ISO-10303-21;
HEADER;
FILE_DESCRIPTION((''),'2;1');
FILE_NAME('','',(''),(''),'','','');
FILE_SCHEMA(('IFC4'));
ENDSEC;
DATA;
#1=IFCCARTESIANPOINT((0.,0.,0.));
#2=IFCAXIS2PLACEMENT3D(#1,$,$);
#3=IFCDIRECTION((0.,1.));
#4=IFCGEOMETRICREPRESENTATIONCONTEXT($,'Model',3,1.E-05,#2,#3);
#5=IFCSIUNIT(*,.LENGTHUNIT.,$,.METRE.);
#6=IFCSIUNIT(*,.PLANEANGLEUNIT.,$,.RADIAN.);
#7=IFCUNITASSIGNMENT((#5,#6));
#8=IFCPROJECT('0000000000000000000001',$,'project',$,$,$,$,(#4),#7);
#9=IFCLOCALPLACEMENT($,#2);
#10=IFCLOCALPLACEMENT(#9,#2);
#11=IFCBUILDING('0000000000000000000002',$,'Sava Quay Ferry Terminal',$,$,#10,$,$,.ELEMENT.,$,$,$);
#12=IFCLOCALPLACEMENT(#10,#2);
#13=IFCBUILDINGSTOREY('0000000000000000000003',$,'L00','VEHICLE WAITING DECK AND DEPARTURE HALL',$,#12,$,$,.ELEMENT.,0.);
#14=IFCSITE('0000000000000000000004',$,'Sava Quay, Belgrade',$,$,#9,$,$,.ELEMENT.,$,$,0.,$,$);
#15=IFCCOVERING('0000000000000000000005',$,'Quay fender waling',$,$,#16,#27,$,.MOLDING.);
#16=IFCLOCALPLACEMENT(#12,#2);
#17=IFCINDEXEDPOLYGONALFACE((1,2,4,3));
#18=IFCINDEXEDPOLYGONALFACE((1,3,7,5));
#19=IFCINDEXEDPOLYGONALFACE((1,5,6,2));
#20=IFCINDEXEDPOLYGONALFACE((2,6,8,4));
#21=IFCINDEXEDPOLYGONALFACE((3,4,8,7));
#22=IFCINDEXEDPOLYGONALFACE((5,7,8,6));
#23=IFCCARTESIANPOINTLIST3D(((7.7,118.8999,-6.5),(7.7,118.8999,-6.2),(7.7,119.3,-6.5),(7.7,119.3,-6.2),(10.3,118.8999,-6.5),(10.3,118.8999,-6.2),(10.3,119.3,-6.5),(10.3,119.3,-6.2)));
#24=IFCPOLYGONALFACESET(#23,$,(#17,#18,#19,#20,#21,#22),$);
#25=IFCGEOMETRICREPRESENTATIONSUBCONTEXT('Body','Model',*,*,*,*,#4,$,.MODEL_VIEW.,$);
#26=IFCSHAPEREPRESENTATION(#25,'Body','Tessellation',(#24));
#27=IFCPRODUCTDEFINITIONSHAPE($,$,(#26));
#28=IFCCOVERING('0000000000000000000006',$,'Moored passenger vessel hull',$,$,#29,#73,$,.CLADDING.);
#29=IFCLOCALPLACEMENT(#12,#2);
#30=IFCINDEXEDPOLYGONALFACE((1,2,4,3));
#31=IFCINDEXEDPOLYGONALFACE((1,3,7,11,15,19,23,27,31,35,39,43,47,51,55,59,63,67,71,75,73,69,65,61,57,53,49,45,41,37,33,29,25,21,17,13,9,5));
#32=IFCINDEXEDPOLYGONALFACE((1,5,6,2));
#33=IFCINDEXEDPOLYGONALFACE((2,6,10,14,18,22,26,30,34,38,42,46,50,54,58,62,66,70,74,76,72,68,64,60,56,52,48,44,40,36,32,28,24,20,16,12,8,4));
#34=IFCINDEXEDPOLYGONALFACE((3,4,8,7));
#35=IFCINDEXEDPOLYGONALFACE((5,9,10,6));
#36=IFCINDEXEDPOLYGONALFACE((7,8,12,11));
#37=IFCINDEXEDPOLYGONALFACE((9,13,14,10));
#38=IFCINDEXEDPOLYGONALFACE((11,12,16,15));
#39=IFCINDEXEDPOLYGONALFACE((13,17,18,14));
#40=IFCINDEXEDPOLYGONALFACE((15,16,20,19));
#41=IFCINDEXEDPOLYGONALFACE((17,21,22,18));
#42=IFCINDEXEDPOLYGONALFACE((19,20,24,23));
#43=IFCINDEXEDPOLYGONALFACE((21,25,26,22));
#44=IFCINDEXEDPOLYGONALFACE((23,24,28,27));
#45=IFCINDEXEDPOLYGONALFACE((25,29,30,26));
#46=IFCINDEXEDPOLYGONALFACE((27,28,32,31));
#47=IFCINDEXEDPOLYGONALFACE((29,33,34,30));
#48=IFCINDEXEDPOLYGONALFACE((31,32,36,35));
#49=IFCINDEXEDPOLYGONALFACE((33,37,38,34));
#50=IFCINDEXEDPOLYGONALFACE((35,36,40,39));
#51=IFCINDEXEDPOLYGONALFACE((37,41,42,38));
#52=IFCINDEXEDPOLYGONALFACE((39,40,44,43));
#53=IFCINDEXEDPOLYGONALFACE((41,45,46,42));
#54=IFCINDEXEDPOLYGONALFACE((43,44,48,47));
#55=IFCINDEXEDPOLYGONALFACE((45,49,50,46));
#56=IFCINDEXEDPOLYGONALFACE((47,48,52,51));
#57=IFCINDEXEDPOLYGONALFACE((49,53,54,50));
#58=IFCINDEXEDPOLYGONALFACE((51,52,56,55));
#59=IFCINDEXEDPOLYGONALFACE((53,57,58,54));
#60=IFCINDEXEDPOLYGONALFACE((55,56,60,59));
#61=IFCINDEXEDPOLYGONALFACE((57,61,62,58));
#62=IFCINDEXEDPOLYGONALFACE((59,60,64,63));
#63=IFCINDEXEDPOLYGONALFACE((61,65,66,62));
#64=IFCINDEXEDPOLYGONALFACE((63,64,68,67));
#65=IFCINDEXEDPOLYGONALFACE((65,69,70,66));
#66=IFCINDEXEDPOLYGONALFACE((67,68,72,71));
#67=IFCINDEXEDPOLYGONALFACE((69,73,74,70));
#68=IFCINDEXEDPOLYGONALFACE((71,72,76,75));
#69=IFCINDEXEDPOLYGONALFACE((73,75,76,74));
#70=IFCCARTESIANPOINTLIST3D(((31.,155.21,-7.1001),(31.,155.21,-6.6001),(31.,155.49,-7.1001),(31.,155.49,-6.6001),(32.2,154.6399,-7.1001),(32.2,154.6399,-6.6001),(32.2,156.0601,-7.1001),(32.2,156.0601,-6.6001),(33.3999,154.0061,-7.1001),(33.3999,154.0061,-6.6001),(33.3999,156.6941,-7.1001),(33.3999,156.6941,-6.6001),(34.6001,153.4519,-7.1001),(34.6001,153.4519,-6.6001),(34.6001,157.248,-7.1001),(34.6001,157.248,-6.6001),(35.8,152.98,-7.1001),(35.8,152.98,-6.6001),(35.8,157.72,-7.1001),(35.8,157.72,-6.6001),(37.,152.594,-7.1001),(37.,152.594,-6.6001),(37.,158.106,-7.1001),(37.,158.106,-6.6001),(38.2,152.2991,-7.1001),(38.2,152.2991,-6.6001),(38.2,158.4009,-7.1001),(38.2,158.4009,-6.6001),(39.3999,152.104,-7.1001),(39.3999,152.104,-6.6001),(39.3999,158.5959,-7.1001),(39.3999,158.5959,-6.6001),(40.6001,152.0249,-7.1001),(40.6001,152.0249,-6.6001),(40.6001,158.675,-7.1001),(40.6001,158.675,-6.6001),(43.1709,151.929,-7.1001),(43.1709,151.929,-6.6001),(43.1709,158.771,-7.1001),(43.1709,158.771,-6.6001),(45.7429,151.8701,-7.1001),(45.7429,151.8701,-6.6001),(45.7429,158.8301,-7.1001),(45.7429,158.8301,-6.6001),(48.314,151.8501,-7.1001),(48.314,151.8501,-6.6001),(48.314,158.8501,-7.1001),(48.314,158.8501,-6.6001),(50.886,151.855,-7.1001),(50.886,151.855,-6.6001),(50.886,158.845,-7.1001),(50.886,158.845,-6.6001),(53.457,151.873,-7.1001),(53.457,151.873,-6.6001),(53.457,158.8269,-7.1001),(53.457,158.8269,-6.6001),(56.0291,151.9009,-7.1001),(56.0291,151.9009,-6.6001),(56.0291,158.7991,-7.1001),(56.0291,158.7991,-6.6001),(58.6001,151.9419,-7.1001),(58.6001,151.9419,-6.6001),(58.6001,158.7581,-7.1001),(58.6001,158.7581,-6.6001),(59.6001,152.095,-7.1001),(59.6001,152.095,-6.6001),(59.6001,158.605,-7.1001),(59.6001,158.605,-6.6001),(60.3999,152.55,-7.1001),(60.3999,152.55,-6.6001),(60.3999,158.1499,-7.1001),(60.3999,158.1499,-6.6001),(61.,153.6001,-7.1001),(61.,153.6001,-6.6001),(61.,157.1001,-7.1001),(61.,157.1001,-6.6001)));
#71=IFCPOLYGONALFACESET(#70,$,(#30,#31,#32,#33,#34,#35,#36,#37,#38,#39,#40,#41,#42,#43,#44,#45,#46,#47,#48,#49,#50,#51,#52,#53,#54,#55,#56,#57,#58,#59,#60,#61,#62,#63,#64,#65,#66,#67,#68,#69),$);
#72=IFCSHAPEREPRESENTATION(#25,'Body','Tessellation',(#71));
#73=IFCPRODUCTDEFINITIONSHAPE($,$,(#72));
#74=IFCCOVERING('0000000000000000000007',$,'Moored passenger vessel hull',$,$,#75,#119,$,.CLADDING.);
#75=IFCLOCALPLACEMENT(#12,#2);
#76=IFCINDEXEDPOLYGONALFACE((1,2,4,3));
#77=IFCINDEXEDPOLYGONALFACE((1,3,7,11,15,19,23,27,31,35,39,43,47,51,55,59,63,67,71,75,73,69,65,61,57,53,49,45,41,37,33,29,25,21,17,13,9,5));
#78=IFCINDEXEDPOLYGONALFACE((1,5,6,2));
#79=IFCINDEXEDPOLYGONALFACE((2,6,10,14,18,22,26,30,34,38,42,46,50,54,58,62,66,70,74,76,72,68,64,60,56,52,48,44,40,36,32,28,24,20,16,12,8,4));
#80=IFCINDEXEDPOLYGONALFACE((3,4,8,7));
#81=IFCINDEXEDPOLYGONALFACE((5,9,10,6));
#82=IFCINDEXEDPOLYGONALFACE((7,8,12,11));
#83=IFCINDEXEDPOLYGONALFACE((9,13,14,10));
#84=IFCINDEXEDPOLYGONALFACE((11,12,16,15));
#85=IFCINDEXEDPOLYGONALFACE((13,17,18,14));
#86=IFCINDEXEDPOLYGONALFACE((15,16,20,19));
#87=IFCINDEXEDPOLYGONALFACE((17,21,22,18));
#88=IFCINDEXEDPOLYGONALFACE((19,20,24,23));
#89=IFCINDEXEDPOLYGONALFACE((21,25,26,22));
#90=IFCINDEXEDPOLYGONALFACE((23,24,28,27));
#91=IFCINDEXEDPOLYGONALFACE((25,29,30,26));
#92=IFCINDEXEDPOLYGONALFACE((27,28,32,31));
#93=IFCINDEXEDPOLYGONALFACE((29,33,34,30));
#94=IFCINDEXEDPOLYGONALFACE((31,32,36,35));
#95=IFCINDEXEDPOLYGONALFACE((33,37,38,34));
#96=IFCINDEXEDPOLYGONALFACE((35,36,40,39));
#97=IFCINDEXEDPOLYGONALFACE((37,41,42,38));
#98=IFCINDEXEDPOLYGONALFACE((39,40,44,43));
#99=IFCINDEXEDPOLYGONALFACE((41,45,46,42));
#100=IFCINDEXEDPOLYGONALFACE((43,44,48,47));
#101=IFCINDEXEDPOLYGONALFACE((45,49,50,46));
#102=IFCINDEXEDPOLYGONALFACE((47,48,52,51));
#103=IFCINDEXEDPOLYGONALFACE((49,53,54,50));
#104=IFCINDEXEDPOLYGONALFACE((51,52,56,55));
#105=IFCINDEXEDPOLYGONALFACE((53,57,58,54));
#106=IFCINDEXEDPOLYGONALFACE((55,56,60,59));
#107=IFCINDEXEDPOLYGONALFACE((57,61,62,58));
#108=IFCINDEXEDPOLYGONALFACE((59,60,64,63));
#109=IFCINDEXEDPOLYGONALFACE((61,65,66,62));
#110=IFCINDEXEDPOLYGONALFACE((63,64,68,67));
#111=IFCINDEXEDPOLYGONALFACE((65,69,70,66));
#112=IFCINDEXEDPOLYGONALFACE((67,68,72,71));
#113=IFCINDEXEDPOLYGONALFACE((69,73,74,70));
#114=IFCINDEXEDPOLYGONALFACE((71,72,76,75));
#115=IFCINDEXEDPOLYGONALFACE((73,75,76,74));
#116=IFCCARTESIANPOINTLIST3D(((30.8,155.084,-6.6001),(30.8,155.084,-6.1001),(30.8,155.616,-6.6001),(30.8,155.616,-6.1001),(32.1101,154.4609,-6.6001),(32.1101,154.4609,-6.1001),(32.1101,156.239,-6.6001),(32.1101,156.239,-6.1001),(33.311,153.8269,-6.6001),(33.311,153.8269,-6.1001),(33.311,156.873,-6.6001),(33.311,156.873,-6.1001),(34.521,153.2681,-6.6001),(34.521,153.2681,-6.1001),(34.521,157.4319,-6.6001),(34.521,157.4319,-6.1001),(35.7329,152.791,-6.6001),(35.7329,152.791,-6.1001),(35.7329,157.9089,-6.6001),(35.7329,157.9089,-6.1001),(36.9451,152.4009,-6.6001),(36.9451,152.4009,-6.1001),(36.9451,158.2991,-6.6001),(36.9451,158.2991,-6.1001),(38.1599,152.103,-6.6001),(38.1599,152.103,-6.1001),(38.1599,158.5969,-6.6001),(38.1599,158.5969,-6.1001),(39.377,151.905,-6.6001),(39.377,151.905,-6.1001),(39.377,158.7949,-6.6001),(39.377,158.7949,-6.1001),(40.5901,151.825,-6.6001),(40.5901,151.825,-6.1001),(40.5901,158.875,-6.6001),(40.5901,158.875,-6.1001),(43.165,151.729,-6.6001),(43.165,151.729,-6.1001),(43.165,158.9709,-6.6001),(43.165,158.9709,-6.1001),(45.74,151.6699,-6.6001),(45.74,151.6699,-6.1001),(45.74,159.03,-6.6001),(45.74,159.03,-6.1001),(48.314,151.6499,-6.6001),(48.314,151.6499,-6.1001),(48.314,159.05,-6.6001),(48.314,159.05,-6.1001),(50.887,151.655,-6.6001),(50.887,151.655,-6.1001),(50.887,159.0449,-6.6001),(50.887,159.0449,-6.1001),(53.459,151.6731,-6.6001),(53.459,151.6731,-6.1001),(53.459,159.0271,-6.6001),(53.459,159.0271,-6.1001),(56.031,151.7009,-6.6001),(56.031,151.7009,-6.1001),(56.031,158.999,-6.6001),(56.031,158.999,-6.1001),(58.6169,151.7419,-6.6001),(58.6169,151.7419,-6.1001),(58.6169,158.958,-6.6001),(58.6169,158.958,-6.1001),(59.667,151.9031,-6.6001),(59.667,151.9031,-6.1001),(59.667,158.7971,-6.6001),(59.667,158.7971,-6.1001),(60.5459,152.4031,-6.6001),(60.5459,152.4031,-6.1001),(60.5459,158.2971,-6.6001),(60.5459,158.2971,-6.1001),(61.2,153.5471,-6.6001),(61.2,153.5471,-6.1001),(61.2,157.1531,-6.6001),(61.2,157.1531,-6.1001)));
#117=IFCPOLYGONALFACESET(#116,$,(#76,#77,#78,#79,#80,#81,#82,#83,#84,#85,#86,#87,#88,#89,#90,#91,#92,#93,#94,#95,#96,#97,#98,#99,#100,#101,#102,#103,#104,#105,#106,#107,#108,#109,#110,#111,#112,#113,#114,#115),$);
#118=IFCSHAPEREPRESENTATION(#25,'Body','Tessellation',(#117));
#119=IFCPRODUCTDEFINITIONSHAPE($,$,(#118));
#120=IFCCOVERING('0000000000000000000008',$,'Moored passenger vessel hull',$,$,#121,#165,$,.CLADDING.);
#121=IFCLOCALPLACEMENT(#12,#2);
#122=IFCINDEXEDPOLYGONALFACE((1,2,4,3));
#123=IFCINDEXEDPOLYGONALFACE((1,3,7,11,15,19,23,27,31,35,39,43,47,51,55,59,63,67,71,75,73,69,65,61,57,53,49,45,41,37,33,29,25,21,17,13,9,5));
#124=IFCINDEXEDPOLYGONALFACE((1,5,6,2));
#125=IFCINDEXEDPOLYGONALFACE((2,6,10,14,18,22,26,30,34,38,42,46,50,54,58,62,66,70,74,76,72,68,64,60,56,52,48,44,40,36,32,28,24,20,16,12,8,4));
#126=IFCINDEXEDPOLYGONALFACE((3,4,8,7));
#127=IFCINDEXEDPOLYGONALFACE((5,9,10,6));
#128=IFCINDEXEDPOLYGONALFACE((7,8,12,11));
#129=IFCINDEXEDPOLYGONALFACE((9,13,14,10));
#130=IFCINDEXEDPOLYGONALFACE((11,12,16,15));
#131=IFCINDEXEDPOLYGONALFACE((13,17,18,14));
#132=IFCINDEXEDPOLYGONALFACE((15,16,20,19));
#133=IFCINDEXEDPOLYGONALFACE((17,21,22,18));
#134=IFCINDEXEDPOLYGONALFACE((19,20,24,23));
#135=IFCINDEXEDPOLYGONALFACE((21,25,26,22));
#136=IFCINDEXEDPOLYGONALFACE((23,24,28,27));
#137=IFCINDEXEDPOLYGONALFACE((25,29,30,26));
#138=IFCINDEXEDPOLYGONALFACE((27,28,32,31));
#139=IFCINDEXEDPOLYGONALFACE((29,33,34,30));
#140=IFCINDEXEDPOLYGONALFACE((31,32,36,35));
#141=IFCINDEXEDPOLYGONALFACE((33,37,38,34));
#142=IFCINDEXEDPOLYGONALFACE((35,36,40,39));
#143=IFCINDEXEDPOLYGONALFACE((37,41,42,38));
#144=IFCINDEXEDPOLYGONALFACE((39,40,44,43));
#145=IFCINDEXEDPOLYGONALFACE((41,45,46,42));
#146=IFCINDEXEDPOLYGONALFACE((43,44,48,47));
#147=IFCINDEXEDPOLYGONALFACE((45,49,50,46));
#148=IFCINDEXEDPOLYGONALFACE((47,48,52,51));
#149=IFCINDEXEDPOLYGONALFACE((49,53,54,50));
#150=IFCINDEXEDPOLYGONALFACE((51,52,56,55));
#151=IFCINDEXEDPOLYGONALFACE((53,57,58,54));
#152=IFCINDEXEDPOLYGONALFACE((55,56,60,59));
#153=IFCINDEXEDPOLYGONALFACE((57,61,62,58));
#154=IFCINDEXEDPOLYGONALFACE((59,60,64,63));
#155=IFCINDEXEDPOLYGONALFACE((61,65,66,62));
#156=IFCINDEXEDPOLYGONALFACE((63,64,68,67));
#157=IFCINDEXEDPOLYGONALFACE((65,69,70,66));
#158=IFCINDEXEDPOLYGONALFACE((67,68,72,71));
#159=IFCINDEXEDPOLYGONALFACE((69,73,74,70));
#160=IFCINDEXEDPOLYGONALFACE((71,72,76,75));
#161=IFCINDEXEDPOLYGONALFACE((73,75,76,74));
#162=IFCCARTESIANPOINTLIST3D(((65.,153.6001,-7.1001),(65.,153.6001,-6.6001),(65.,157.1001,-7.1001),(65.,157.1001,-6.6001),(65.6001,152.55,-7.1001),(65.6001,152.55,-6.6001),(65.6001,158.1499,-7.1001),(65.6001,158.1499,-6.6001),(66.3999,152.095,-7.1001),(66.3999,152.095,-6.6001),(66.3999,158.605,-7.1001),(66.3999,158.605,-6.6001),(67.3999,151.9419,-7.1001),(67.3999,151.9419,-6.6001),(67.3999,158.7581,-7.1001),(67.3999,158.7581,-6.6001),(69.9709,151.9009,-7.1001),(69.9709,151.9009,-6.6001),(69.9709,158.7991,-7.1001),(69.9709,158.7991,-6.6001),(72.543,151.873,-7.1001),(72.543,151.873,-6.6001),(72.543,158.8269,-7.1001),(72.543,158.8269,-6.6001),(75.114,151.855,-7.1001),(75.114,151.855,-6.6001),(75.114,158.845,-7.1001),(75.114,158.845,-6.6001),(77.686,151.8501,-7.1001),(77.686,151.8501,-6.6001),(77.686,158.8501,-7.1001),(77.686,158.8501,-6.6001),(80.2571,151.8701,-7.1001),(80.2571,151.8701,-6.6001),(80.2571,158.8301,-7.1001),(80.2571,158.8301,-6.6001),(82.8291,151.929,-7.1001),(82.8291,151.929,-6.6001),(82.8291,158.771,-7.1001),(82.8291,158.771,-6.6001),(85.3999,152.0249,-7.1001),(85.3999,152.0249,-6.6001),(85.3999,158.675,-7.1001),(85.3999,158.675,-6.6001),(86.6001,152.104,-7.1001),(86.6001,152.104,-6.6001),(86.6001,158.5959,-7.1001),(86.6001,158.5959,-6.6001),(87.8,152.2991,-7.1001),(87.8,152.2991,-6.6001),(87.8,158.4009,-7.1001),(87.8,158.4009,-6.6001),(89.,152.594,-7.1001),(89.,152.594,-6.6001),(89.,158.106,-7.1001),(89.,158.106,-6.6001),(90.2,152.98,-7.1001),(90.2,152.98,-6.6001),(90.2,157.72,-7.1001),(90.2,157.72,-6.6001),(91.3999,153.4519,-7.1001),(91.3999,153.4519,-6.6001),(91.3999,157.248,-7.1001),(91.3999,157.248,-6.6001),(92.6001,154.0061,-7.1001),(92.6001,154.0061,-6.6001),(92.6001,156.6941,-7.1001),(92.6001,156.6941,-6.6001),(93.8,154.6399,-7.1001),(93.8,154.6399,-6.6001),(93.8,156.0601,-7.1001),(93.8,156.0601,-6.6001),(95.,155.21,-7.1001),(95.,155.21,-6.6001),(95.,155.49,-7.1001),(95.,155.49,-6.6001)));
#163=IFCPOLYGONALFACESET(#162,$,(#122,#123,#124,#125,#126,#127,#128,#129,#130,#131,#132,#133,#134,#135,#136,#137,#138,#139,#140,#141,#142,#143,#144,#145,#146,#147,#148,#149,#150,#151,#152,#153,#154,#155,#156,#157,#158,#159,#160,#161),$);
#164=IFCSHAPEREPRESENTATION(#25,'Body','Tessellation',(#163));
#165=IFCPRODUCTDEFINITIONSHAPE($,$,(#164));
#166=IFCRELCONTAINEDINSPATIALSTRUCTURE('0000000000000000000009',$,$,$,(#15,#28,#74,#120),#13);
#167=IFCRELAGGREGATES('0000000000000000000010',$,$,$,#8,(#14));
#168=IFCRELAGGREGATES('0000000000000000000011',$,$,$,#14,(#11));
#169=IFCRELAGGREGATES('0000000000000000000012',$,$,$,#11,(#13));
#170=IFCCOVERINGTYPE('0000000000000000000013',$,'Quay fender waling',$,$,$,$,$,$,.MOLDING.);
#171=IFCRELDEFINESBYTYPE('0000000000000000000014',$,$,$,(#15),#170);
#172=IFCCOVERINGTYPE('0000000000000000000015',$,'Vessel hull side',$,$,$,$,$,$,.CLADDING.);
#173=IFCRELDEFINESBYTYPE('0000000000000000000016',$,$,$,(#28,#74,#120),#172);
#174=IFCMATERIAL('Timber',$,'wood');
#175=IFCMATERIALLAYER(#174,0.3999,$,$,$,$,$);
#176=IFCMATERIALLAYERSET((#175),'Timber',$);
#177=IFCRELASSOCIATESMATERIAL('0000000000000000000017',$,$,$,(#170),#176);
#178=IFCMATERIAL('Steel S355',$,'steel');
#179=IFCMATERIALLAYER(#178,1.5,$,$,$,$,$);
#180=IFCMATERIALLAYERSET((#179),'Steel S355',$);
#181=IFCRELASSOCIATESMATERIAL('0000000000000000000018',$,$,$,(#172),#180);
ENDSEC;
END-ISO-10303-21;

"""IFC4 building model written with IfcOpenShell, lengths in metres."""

from ifc_helpers import new_model, si_unit, direction, frame, origin, place, context, subcontext, project, spatial, polyline, outline, extrude, material, layer, layer_set, type_object, element, save


model = new_model("IFC4")

# Units and contexts
model_context = context("Model", 3, precision=1e-05, world=origin(), true_north=direction((0.0, 1.0)))
body_context = subcontext(model_context, "Body", "Model", "MODEL_VIEW")
ifc_project = project(units=[si_unit("LENGTHUNIT", "METRE"), si_unit("PLANEANGLEUNIT", "RADIAN")], contexts=[model_context])

# Site, building, storey
site_placement = place(None, origin())
site = spatial("IfcSite", under=ifc_project, at=site_placement, Name="Sava Quay, Belgrade", CompositionType="ELEMENT", RefElevation=0.0)
building_placement = place(site_placement, origin())
building = spatial("IfcBuilding", under=site, at=building_placement, Name="Sava Quay Ferry Terminal", CompositionType="ELEMENT")
storey_placement = place(building_placement, origin())
storey = spatial("IfcBuildingStorey", under=building, at=storey_placement, Name="L00", Description="VEHICLE WAITING DECK AND DEPARTURE HALL", CompositionType="ELEMENT", Elevation=0.0)

# Coverings
ifc_material_1 = material(Name="Timber", Category="wood")
ifc_layer_1 = layer(ifc_material_1, 0.3999)
ifc_layer_set_1 = layer_set([ifc_layer_1], Name="Timber")
covering_type_1 = type_object("IfcCoveringType", Name="Quay fender waling", PredefinedType="MOLDING", material=ifc_layer_set_1)
covering_1_placement = place(storey_placement, frame((0.0, 0.0, -6.5)))
element("IfcCovering", 1, at=covering_1_placement, inside=storey, type_object=covering_type_1, Name="Quay fender waling", PredefinedType="MOLDING", context=body_context, shape_type="SweptSolid", body=[
    extrude(outline(polyline([(10.3, 118.8999), (10.3, 119.3), (7.7, 119.3), (7.7, 118.8999), (10.3, 118.8999)])), origin(), (0.0, 0.0, 1.0), 0.3),
])
ifc_material_2 = material(Name="Steel S355", Category="steel")
ifc_layer_2 = layer(ifc_material_2, 1.5)
ifc_layer_set_2 = layer_set([ifc_layer_2], Name="Steel S355")
covering_type_2 = type_object("IfcCoveringType", Name="Vessel hull side", PredefinedType="CLADDING", material=ifc_layer_set_2)
covering_2_placement = place(storey_placement, frame((0.0, 0.0, -7.1001)))
element("IfcCovering", 2, at=covering_2_placement, inside=storey, type_object=covering_type_2, Name="Moored passenger vessel hull", PredefinedType="CLADDING", context=body_context, shape_type="SweptSolid", body=[
    extrude(outline(polyline([(61.0, 157.1001), (60.3999, 158.1499), (59.6001, 158.605), (58.6001, 158.7581), (56.0291, 158.7991), (53.457, 158.8269), (50.886, 158.845), (48.314, 158.8501), (45.7429, 158.8301), (43.1709, 158.771), (40.6001, 158.675), (39.3999, 158.5959), (38.2, 158.4009), (37.0, 158.106), (35.8, 157.72), (34.6001, 157.248), (33.3999, 156.6941), (32.2, 156.0601), (31.0, 155.49), (31.0, 155.21), (32.2, 154.6399), (33.3999, 154.0061), (34.6001, 153.4519), (35.8, 152.98), (37.0, 152.594), (38.2, 152.2991), (39.3999, 152.104), (40.6001, 152.0249), (43.1709, 151.929), (45.7429, 151.8701), (48.314, 151.8501), (50.886, 151.855), (53.457, 151.873), (56.0291, 151.9009), (58.6001, 151.9419), (59.6001, 152.095), (60.3999, 152.55), (61.0, 153.6001), (61.0, 157.1001)])), origin(), (0.0, 0.0, 1.0), 0.5),
])
covering_3_placement = place(storey_placement, frame((0.0, 0.0, -6.6001)))
element("IfcCovering", 3, at=covering_3_placement, inside=storey, type_object=covering_type_2, Name="Moored passenger vessel hull", PredefinedType="CLADDING", context=body_context, shape_type="SweptSolid", body=[
    extrude(outline(polyline([(61.2, 157.1531), (60.5459, 158.2971), (59.667, 158.7971), (58.6169, 158.958), (56.031, 158.999), (53.459, 159.0271), (50.887, 159.0449), (48.314, 159.05), (45.74, 159.03), (43.165, 158.9709), (40.5901, 158.875), (39.377, 158.7949), (38.1599, 158.5969), (36.9451, 158.2991), (35.7329, 157.9089), (34.521, 157.4319), (33.311, 156.873), (32.1101, 156.239), (30.8, 155.616), (30.8, 155.084), (32.1101, 154.4609), (33.311, 153.8269), (34.521, 153.2681), (35.7329, 152.791), (36.9451, 152.4009), (38.1599, 152.103), (39.377, 151.905), (40.5901, 151.825), (43.165, 151.729), (45.74, 151.6699), (48.314, 151.6499), (50.887, 151.655), (53.459, 151.6731), (56.031, 151.7009), (58.6169, 151.7419), (59.667, 151.9031), (60.5459, 152.4031), (61.2, 153.5471), (61.2, 157.1531)])), origin(), (0.0, 0.0, 1.0), 0.5),
])
covering_4_placement = place(storey_placement, frame((0.0, 0.0, -7.1001)))
element("IfcCovering", 4, at=covering_4_placement, inside=storey, type_object=covering_type_2, Name="Moored passenger vessel hull", PredefinedType="CLADDING", context=body_context, shape_type="SweptSolid", body=[
    extrude(outline(polyline([(65.0, 157.1001), (65.0, 153.6001), (65.6001, 152.55), (66.3999, 152.095), (67.3999, 151.9419), (69.9709, 151.9009), (72.543, 151.873), (75.114, 151.855), (77.686, 151.8501), (80.2571, 151.8701), (82.8291, 151.929), (85.3999, 152.0249), (86.6001, 152.104), (87.8, 152.2991), (89.0, 152.594), (90.2, 152.98), (91.3999, 153.4519), (92.6001, 154.0061), (93.8, 154.6399), (95.0, 155.21), (95.0, 155.49), (93.8, 156.0601), (92.6001, 156.6941), (91.3999, 157.248), (90.2, 157.72), (89.0, 158.106), (87.8, 158.4009), (86.6001, 158.5959), (85.3999, 158.675), (82.8291, 158.771), (80.2571, 158.8301), (77.686, 158.8501), (75.114, 158.845), (72.543, 158.8269), (69.9709, 158.7991), (67.3999, 158.7581), (66.3999, 158.605), (65.6001, 158.1499), (65.0, 157.1001)])), origin(), (0.0, 0.0, 1.0), 0.5),
])

save(model, "model.ifc")
